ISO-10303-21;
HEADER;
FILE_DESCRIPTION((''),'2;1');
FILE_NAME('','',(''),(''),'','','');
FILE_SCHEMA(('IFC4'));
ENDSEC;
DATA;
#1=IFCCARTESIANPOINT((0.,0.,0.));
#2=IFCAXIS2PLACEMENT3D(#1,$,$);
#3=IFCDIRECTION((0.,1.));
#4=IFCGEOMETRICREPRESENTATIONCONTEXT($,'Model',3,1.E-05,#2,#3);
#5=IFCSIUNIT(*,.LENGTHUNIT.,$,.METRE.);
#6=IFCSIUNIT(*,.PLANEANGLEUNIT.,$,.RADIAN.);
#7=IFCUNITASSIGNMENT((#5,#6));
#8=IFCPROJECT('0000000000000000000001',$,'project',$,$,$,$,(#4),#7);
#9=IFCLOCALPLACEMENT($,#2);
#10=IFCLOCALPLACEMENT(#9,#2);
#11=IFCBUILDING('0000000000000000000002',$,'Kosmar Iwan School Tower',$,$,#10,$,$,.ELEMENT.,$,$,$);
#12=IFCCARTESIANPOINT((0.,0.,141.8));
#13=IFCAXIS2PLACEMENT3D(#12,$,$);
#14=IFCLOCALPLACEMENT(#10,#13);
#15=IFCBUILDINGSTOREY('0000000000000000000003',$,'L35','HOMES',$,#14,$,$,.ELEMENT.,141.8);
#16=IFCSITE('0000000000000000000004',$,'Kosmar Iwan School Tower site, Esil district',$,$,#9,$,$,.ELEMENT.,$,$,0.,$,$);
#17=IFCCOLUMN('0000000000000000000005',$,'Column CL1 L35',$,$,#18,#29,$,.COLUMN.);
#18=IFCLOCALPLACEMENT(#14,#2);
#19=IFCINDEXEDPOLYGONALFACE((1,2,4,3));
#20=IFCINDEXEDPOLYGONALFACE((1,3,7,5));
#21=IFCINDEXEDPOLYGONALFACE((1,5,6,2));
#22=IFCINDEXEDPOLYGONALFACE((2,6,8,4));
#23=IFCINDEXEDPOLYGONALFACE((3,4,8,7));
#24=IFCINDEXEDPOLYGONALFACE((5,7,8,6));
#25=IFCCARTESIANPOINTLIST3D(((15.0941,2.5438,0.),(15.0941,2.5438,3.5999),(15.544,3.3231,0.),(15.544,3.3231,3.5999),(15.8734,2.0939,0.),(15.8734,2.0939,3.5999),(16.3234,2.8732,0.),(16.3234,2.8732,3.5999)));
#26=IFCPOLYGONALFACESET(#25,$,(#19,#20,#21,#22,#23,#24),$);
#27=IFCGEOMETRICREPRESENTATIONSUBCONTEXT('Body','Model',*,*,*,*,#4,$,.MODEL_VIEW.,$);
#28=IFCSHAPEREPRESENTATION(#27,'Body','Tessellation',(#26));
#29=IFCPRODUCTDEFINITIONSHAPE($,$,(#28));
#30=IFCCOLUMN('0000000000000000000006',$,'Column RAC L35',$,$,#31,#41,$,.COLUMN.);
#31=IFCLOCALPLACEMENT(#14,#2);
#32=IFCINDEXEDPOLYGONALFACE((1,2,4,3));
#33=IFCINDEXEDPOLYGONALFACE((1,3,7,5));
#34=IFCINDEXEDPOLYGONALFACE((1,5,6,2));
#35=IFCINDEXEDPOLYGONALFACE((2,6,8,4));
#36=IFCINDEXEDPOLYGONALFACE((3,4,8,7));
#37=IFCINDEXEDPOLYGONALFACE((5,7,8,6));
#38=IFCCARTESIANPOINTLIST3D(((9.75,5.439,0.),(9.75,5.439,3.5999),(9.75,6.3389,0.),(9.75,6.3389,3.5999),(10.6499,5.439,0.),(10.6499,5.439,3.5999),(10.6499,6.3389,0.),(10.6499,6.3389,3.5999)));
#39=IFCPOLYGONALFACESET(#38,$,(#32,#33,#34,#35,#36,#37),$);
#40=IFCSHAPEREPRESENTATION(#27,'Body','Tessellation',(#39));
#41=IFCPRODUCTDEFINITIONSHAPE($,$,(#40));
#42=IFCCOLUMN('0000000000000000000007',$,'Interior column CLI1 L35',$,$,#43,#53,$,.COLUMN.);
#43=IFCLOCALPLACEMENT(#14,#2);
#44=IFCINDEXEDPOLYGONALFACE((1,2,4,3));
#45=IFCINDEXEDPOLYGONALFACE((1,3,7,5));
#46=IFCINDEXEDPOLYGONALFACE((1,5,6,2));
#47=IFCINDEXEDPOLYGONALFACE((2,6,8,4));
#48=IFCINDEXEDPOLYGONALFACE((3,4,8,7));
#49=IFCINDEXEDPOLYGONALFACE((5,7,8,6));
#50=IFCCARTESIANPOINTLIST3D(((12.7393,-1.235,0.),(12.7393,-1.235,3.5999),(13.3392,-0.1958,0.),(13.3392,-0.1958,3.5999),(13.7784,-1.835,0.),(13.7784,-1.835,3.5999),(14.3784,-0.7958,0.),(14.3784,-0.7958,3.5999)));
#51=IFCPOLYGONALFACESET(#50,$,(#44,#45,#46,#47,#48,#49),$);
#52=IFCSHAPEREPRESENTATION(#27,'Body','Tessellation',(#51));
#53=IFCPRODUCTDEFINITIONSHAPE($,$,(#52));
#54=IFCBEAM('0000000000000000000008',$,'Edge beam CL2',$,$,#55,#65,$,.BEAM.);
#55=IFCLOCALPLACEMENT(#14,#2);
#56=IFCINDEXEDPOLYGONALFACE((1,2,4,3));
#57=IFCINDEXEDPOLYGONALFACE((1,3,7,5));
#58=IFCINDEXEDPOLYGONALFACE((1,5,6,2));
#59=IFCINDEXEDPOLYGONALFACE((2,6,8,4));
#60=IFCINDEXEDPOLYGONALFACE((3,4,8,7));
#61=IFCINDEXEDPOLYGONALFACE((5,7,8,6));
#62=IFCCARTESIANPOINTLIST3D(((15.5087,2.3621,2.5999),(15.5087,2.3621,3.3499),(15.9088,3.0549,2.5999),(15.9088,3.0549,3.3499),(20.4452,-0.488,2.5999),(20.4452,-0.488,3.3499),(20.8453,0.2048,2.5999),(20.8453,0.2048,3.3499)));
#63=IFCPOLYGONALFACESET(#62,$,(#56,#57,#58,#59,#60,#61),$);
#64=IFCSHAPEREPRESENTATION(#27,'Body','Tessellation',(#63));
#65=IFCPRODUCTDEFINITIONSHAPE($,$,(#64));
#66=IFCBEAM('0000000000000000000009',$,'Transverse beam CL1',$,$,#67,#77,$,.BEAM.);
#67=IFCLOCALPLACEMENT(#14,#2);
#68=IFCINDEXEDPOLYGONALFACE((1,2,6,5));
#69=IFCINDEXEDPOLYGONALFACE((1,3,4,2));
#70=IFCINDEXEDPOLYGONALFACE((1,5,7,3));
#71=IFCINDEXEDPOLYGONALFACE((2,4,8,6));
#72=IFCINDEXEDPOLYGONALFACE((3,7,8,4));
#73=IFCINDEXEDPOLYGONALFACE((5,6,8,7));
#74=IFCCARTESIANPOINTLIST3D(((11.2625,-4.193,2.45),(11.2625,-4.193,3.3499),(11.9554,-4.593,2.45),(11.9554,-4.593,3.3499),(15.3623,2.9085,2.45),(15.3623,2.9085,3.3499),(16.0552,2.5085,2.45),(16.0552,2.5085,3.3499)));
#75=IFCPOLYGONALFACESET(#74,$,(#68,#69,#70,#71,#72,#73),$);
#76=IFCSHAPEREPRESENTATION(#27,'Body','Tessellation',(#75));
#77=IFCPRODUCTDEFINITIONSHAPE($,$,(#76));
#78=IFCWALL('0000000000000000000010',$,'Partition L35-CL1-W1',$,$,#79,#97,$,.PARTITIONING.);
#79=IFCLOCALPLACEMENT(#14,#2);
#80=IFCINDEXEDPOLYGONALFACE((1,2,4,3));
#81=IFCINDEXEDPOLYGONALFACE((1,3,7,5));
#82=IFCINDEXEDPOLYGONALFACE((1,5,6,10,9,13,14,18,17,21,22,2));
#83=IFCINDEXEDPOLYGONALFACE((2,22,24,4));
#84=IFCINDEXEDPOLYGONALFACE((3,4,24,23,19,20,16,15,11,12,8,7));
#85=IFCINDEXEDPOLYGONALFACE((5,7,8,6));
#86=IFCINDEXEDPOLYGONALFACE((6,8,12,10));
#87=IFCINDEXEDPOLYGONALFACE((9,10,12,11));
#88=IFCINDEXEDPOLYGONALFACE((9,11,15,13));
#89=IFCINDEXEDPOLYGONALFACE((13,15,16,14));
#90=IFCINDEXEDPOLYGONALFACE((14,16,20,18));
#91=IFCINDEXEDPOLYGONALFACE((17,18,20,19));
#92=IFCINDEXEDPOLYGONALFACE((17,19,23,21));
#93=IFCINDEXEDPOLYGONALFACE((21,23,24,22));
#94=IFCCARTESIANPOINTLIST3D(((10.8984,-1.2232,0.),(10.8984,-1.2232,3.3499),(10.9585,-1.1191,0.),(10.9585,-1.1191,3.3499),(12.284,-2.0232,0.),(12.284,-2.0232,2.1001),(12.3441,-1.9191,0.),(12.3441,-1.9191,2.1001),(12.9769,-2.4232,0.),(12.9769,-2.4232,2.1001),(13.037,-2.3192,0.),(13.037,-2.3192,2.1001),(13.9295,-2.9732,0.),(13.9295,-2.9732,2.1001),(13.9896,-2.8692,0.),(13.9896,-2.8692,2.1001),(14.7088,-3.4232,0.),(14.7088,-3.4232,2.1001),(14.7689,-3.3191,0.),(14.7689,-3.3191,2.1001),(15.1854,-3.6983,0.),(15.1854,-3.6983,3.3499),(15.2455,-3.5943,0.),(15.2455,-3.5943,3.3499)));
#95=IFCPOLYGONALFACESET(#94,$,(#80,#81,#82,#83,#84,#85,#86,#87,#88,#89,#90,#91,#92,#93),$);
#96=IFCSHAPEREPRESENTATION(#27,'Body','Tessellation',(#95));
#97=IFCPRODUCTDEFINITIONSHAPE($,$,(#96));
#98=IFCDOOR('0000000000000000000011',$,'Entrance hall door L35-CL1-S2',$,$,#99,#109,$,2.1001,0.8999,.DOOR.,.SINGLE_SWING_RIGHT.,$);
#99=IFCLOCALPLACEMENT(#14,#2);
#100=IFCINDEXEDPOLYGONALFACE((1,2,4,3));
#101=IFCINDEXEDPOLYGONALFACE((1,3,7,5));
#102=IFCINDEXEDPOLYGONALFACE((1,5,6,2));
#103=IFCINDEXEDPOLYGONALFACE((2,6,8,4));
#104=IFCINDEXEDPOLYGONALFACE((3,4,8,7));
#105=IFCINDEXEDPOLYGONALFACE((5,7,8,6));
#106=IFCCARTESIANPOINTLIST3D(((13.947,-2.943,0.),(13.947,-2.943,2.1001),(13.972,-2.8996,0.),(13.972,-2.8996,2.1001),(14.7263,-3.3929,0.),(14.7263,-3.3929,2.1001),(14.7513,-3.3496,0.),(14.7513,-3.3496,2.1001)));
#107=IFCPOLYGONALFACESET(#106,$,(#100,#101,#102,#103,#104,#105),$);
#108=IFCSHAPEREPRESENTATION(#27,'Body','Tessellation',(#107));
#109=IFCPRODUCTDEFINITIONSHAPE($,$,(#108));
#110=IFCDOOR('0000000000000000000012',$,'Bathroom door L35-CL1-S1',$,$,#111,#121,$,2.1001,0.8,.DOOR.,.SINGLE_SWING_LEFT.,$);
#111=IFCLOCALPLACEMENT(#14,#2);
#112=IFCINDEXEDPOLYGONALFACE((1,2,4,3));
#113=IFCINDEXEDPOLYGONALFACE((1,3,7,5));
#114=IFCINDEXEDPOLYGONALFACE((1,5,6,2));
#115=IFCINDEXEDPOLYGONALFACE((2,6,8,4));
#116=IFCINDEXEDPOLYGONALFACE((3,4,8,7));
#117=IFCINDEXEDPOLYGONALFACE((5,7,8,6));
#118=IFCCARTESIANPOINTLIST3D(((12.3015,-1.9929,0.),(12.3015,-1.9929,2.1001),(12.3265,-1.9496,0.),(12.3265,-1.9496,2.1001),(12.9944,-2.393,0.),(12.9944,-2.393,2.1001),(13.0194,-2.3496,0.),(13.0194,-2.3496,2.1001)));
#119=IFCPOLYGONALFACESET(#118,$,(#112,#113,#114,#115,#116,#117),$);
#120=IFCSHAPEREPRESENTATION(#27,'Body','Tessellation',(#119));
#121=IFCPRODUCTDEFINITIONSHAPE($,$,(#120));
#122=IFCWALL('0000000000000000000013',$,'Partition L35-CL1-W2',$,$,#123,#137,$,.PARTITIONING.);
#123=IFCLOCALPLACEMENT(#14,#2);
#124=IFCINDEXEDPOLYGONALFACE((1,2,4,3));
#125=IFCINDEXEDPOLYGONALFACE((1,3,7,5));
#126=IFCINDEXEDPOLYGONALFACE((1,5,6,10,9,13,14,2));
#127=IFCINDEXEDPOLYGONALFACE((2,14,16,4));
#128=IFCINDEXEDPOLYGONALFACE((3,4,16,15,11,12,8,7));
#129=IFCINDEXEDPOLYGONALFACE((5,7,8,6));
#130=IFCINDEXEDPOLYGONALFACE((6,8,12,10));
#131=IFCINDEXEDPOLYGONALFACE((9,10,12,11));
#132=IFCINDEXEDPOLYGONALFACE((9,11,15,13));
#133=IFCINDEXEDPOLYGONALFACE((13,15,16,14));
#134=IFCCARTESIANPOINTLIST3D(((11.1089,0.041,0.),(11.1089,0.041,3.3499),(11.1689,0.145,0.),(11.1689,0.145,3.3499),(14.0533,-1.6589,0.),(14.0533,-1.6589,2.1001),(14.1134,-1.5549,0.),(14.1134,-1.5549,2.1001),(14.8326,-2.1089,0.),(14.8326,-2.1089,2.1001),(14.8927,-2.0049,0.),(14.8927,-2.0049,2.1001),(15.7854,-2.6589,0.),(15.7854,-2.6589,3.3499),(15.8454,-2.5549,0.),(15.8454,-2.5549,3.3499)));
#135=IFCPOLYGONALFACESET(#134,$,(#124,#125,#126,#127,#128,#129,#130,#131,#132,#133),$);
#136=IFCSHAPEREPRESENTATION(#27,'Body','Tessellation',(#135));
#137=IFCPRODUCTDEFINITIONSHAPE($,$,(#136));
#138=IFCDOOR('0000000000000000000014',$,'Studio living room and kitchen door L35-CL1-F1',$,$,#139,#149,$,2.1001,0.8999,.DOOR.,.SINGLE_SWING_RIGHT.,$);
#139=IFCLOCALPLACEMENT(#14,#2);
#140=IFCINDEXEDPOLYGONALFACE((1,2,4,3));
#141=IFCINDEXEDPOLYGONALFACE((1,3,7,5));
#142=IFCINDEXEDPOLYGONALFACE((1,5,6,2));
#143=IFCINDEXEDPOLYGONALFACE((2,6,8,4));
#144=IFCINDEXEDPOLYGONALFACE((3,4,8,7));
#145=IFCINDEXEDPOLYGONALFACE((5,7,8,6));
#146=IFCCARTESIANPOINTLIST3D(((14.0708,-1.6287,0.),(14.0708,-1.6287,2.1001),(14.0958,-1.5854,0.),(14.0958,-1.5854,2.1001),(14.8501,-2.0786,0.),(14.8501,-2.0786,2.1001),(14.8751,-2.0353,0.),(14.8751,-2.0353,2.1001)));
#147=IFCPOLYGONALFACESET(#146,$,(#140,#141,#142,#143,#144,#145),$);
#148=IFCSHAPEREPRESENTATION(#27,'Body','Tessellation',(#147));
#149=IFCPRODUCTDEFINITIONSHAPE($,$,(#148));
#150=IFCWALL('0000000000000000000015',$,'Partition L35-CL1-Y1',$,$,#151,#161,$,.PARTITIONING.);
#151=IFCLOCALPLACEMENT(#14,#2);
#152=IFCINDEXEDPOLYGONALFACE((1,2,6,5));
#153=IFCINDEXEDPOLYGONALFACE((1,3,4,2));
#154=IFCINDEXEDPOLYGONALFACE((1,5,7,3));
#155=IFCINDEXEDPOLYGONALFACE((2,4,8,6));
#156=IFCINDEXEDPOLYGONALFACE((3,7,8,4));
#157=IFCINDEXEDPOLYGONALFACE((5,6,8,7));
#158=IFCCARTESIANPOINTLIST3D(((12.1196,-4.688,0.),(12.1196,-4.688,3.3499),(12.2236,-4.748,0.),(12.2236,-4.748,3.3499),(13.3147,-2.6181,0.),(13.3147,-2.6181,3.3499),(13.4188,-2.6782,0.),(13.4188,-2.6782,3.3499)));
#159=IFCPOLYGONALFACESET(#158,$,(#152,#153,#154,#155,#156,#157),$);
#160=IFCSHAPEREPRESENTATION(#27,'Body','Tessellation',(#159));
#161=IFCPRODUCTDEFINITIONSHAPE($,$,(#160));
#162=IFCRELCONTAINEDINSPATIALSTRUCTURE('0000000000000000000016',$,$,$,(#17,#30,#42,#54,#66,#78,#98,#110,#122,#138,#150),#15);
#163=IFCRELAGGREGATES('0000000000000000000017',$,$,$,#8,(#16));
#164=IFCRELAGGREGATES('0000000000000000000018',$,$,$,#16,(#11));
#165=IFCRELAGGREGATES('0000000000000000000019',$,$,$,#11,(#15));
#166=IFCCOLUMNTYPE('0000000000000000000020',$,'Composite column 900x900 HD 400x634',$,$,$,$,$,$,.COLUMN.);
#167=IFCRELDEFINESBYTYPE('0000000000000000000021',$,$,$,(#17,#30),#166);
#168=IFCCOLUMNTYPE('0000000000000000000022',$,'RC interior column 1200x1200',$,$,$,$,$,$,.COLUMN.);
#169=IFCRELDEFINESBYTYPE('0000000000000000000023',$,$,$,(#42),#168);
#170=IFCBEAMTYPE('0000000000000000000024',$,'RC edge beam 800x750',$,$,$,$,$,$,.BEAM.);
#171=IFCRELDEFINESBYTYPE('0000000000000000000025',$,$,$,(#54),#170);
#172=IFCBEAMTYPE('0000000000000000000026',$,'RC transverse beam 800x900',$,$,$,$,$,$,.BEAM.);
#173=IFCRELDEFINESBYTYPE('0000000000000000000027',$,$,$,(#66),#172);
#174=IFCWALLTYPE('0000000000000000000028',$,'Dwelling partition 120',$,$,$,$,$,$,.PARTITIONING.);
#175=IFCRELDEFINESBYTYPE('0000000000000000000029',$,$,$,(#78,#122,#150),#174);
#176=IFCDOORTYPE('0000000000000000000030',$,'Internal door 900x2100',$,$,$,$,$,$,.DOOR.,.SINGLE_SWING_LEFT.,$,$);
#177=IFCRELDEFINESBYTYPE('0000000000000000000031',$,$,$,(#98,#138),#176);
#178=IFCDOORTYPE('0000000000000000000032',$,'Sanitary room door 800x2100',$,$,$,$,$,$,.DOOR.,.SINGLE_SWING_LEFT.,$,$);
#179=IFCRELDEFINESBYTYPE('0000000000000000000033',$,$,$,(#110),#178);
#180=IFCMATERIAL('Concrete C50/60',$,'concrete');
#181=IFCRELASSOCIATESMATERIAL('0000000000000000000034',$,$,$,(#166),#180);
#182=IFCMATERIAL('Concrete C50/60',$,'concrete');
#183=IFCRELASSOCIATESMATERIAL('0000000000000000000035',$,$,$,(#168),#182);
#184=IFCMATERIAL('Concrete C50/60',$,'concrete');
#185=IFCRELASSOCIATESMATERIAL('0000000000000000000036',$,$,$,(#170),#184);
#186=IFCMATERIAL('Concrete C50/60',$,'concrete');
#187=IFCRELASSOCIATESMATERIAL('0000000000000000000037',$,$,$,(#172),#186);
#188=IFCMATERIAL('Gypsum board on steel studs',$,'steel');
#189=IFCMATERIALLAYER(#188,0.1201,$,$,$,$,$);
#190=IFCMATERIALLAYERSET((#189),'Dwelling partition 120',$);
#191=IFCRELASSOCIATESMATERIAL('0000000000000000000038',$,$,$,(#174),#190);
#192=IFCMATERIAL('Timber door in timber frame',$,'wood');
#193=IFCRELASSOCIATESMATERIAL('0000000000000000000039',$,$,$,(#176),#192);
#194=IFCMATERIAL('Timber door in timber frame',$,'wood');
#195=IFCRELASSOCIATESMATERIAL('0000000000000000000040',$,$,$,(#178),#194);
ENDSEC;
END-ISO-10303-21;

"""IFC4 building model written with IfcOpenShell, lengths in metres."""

from ifc_helpers import new_model, si_unit, direction, frame, frame_2d, origin, origin_2d, place, context, subcontext, project, spatial, rectangle, extrude, material, layer, layer_set, material_profile, profile_set, type_object, element, fill, save


model = new_model("IFC4")

# Units and contexts
model_context = context("Model", 3, precision=1e-05, world=origin(), true_north=direction((0.0, 1.0)))
body_context = subcontext(model_context, "Body", "Model", "MODEL_VIEW")
ifc_project = project(units=[si_unit("LENGTHUNIT", "METRE"), si_unit("PLANEANGLEUNIT", "RADIAN")], contexts=[model_context])

# Site, building, storey
site_placement = place(None, origin())
site = spatial("IfcSite", under=ifc_project, at=site_placement, Name="Kosmar Iwan School Tower site, Esil district", CompositionType="ELEMENT", RefElevation=0.0)
building_placement = place(site_placement, origin())
building = spatial("IfcBuilding", under=site, at=building_placement, Name="Kosmar Iwan School Tower", CompositionType="ELEMENT")
storey_placement = place(building_placement, frame((0.0, 0.0, 141.8)))
storey = spatial("IfcBuildingStorey", under=building, at=storey_placement, Name="L35", Description="HOMES", CompositionType="ELEMENT", Elevation=141.8)

# Columns
ifc_material_1 = material(Name="Concrete C50/60", Category="concrete")
ifc_material_profile_1 = material_profile(ifc_material_1, rectangle(XDim=0.8999, YDim=0.8999, at=origin_2d()), Name="RC 900x900 + HD 400x634")
ifc_profile_set_1 = profile_set([ifc_material_profile_1], Name="Concrete C50/60")
column_type_1 = type_object("IfcColumnType", Name="Composite column 900x900 HD 400x634", PredefinedType="COLUMN", material=ifc_profile_set_1)
for number, where, z_axis, x_axis, name in (
    (1, (15.7087, 2.7085, 0.0), (0.0, 0.0, 1.0), (0.866025, -0.5, 0.0), "Column CL1 L35"),
    (2, (10.2, 5.8889, 0.0), (0.0, 0.0, 1.0), (1.0, 0.0, 0.0), "Column RAC L35"),
):
    element("IfcColumn", number, at=place(storey_placement, frame(where, z_axis=z_axis, x_axis=x_axis)), inside=storey, type_object=column_type_1, Name=name, PredefinedType="COLUMN", context=body_context, shape_type="SweptSolid", body=[
        extrude(rectangle(XDim=0.8999, YDim=0.8999, at=origin_2d()), origin(), (0.0, 0.0, 1.0), 3.5999),
    ])
ifc_material_2 = material(Name="Concrete C50/60", Category="concrete")
ifc_material_profile_2 = material_profile(ifc_material_2, rectangle(XDim=1.2, YDim=1.2, at=origin_2d()), Name="RC 1200x1200")
ifc_profile_set_2 = profile_set([ifc_material_profile_2], Name="Concrete C50/60")
column_type_2 = type_object("IfcColumnType", Name="RC interior column 1200x1200", PredefinedType="COLUMN", material=ifc_profile_set_2)
column_placement = place(storey_placement, frame((13.5588, -1.0154, 0.0), z_axis=(0.0, 0.0, 1.0), x_axis=(0.866025, -0.5, 0.0)))
element("IfcColumn", 3, at=column_placement, inside=storey, type_object=column_type_2, Name="Interior column CLI1 L35", PredefinedType="COLUMN", context=body_context, shape_type="SweptSolid", body=[
    extrude(rectangle(XDim=1.2, YDim=1.2, at=origin_2d()), origin(), (0.0, 0.0, 1.0), 3.5999),
])

# Beams
ifc_material_3 = material(Name="Concrete C50/60", Category="concrete")
ifc_material_profile_3 = material_profile(ifc_material_3, rectangle(XDim=0.8, YDim=0.75, at=origin_2d()), Name="RC 800x750")
ifc_profile_set_3 = profile_set([ifc_material_profile_3], Name="Concrete C50/60")
beam_type_1 = type_object("IfcBeamType", Name="RC edge beam 800x750", PredefinedType="BEAM", material=ifc_profile_set_3)
beam_1_placement = place(storey_placement, frame((15.7087, 2.7085, 2.9749), z_axis=(0.866026, -0.499999, 0.0), x_axis=(0.499999, 0.866026, 0.0)))
element("IfcBeam", 4, at=beam_1_placement, inside=storey, type_object=beam_type_1, Name="Edge beam CL2", PredefinedType="BEAM", context=body_context, shape_type="SweptSolid", body=[
    extrude(rectangle(XDim=0.8, YDim=0.75, at=origin_2d()), origin(), (0.0, 0.0, 1.0), 5.7002),
])
ifc_material_4 = material(Name="Concrete C50/60", Category="concrete")
ifc_material_profile_4 = material_profile(ifc_material_4, rectangle(XDim=0.8, YDim=0.8999, at=origin_2d()), Name="RC 800x900")
ifc_profile_set_4 = profile_set([ifc_material_profile_4], Name="Concrete C50/60")
beam_type_2 = type_object("IfcBeamType", Name="RC transverse beam 800x900", PredefinedType="BEAM", material=ifc_profile_set_4)
beam_2_placement = place(storey_placement, frame((15.7087, 2.7085, 2.8999), z_axis=(-0.499978, -0.866038, 0.0), x_axis=(0.866038, -0.499978, 0.0)))
element("IfcBeam", 5, at=beam_2_placement, inside=storey, type_object=beam_type_2, Name="Transverse beam CL1", PredefinedType="BEAM", context=body_context, shape_type="SweptSolid", body=[
    extrude(rectangle(XDim=0.8, YDim=0.8999, at=origin_2d()), origin(), (0.0, 0.0, 1.0), 8.2),
])

# Wall, openings, doors
ifc_material_5 = material(Name="Gypsum board on steel studs", Category="steel")
ifc_layer_1 = layer(ifc_material_5, 0.1201)
ifc_layer_set_1 = layer_set([ifc_layer_1], Name="Dwelling partition 120")
wall_type_1 = type_object("IfcWallType", Name="Dwelling partition 120", PredefinedType="PARTITIONING", material=ifc_layer_set_1)
wall_1_placement = place(storey_placement, frame((10.9285, -1.1711, 0.0), z_axis=(0.0, 0.0, 1.0), x_axis=(0.866019, -0.500011, 0.0)))
wall_1 = element("IfcWall", 6, at=wall_1_placement, inside=storey, type_object=wall_type_1, Name="Partition L35-CL1-W1", PredefinedType="PARTITIONING", context=body_context, shape_type="SweptSolid", body=[
    extrude(rectangle(XDim=4.9502, YDim=0.1201, at=frame_2d((2.4751, 0.0))), origin(), (0.0, 0.0, 1.0), 3.3499),
])
opening_1_placement = place(wall_1_placement, frame((1.6001, 0.0, 0.0)))
opening_1 = element("IfcOpeningElement", 7, at=opening_1_placement, cuts=wall_1, PredefinedType="OPENING", context=body_context, shape_type="SweptSolid", body=[
    extrude(rectangle(XDim=0.8, YDim=2.1001, at=frame_2d((0.3999, 1.05))), frame((0.0, 0.072, 0.0), z_axis=(0.0, -1.0, 0.0), x_axis=(1.0, 0.0, 0.0)), (0.0, 0.0, 1.0), 0.144),
])
opening_2_placement = place(wall_1_placement, frame((3.5, 0.0, 0.0)))
opening_2 = element("IfcOpeningElement", 8, at=opening_2_placement, cuts=wall_1, PredefinedType="OPENING", context=body_context, shape_type="SweptSolid", body=[
    extrude(rectangle(XDim=0.8999, YDim=2.1001, at=frame_2d((0.45, 1.05))), frame((0.0, 0.072, 0.0), z_axis=(0.0, -1.0, 0.0), x_axis=(1.0, 0.0, 0.0)), (0.0, 0.0, 1.0), 0.144),
])
ifc_material_6 = material(Name="Timber door in timber frame", Category="wood")
door_type_1 = type_object("IfcDoorType", Name="Internal door 900x2100", OperationType="SINGLE_SWING_LEFT", PredefinedType="DOOR", material=ifc_material_6)
door_1_placement = place(opening_2_placement, origin())
door_1 = element("IfcDoor", 9, at=door_1_placement, inside=storey, type_object=door_type_1, Name="Entrance hall door L35-CL1-S2", OperationType="SINGLE_SWING_RIGHT", OverallHeight=2.1001, OverallWidth=0.8999, PredefinedType="DOOR", context=body_context, shape_type="SweptSolid", body=[
    extrude(rectangle(XDim=0.8999, YDim=2.1001, at=frame_2d((0.45, 1.05))), frame((0.0, 0.0249, 0.0), z_axis=(0.0, -1.0, 0.0), x_axis=(1.0, 0.0, 0.0)), (0.0, 0.0, 1.0), 0.05),
])
fill(opening_2, door_1)
ifc_material_7 = material(Name="Timber door in timber frame", Category="wood")
door_type_2 = type_object("IfcDoorType", Name="Sanitary room door 800x2100", OperationType="SINGLE_SWING_LEFT", PredefinedType="DOOR", material=ifc_material_7)
door_2_placement = place(opening_1_placement, origin())
door_2 = element("IfcDoor", 10, at=door_2_placement, inside=storey, type_object=door_type_2, Name="Bathroom door L35-CL1-S1", OperationType="SINGLE_SWING_LEFT", OverallHeight=2.1001, OverallWidth=0.8, PredefinedType="DOOR", context=body_context, shape_type="SweptSolid", body=[
    extrude(rectangle(XDim=0.8, YDim=2.1001, at=frame_2d((0.3999, 1.05))), frame((0.0, 0.0249, 0.0), z_axis=(0.0, -1.0, 0.0), x_axis=(1.0, 0.0, 0.0)), (0.0, 0.0, 1.0), 0.05),
])
fill(opening_1, door_2)

# Wall, opening, door
wall_2_placement = place(storey_placement, frame((11.1389, 0.093, 0.0), z_axis=(0.0, 0.0, 1.0), x_axis=(0.866028, -0.499995, 0.0)))
wall_2 = element("IfcWall", 11, at=wall_2_placement, inside=storey, type_object=wall_type_1, Name="Partition L35-CL1-W2", PredefinedType="PARTITIONING", context=body_context, shape_type="SweptSolid", body=[
    extrude(rectangle(XDim=5.3999, YDim=0.1201, at=frame_2d((2.7, 0.0))), origin(), (0.0, 0.0, 1.0), 3.3499),
])
opening_3_placement = place(wall_2_placement, frame((3.3999, 0.0, 0.0)))
opening_3 = element("IfcOpeningElement", 12, at=opening_3_placement, cuts=wall_2, PredefinedType="OPENING", context=body_context, shape_type="SweptSolid", body=[
    extrude(rectangle(XDim=0.8999, YDim=2.1001, at=frame_2d((0.45, 1.05))), frame((0.0, 0.072, 0.0), z_axis=(0.0, -1.0, 0.0), x_axis=(1.0, 0.0, 0.0)), (0.0, 0.0, 1.0), 0.144),
])
door_3_placement = place(opening_3_placement, origin())
door_3 = element("IfcDoor", 13, at=door_3_placement, inside=storey, type_object=door_type_1, Name="Studio living room and kitchen door L35-CL1-F1", OperationType="SINGLE_SWING_RIGHT", OverallHeight=2.1001, OverallWidth=0.8999, PredefinedType="DOOR", context=body_context, shape_type="SweptSolid", body=[
    extrude(rectangle(XDim=0.8999, YDim=2.1001, at=frame_2d((0.45, 1.05))), frame((0.0, 0.0249, 0.0), z_axis=(0.0, -1.0, 0.0), x_axis=(1.0, 0.0, 0.0)), (0.0, 0.0, 1.0), 0.05),
])
fill(opening_3, door_3)

# Wall
wall_3_placement = place(storey_placement, frame((12.1716, -4.718, 0.0), z_axis=(0.0, 0.0, 1.0), x_axis=(0.500017, 0.866015, 0.0)))
element("IfcWall", 14, at=wall_3_placement, inside=storey, type_object=wall_type_1, Name="Partition L35-CL1-Y1", PredefinedType="PARTITIONING", context=body_context, shape_type="SweptSolid", body=[
    extrude(rectangle(XDim=2.3901, YDim=0.1201, at=frame_2d((1.1951, 0.0))), origin(), (0.0, 0.0, 1.0), 3.3499),
])

save(model, "model.ifc")
